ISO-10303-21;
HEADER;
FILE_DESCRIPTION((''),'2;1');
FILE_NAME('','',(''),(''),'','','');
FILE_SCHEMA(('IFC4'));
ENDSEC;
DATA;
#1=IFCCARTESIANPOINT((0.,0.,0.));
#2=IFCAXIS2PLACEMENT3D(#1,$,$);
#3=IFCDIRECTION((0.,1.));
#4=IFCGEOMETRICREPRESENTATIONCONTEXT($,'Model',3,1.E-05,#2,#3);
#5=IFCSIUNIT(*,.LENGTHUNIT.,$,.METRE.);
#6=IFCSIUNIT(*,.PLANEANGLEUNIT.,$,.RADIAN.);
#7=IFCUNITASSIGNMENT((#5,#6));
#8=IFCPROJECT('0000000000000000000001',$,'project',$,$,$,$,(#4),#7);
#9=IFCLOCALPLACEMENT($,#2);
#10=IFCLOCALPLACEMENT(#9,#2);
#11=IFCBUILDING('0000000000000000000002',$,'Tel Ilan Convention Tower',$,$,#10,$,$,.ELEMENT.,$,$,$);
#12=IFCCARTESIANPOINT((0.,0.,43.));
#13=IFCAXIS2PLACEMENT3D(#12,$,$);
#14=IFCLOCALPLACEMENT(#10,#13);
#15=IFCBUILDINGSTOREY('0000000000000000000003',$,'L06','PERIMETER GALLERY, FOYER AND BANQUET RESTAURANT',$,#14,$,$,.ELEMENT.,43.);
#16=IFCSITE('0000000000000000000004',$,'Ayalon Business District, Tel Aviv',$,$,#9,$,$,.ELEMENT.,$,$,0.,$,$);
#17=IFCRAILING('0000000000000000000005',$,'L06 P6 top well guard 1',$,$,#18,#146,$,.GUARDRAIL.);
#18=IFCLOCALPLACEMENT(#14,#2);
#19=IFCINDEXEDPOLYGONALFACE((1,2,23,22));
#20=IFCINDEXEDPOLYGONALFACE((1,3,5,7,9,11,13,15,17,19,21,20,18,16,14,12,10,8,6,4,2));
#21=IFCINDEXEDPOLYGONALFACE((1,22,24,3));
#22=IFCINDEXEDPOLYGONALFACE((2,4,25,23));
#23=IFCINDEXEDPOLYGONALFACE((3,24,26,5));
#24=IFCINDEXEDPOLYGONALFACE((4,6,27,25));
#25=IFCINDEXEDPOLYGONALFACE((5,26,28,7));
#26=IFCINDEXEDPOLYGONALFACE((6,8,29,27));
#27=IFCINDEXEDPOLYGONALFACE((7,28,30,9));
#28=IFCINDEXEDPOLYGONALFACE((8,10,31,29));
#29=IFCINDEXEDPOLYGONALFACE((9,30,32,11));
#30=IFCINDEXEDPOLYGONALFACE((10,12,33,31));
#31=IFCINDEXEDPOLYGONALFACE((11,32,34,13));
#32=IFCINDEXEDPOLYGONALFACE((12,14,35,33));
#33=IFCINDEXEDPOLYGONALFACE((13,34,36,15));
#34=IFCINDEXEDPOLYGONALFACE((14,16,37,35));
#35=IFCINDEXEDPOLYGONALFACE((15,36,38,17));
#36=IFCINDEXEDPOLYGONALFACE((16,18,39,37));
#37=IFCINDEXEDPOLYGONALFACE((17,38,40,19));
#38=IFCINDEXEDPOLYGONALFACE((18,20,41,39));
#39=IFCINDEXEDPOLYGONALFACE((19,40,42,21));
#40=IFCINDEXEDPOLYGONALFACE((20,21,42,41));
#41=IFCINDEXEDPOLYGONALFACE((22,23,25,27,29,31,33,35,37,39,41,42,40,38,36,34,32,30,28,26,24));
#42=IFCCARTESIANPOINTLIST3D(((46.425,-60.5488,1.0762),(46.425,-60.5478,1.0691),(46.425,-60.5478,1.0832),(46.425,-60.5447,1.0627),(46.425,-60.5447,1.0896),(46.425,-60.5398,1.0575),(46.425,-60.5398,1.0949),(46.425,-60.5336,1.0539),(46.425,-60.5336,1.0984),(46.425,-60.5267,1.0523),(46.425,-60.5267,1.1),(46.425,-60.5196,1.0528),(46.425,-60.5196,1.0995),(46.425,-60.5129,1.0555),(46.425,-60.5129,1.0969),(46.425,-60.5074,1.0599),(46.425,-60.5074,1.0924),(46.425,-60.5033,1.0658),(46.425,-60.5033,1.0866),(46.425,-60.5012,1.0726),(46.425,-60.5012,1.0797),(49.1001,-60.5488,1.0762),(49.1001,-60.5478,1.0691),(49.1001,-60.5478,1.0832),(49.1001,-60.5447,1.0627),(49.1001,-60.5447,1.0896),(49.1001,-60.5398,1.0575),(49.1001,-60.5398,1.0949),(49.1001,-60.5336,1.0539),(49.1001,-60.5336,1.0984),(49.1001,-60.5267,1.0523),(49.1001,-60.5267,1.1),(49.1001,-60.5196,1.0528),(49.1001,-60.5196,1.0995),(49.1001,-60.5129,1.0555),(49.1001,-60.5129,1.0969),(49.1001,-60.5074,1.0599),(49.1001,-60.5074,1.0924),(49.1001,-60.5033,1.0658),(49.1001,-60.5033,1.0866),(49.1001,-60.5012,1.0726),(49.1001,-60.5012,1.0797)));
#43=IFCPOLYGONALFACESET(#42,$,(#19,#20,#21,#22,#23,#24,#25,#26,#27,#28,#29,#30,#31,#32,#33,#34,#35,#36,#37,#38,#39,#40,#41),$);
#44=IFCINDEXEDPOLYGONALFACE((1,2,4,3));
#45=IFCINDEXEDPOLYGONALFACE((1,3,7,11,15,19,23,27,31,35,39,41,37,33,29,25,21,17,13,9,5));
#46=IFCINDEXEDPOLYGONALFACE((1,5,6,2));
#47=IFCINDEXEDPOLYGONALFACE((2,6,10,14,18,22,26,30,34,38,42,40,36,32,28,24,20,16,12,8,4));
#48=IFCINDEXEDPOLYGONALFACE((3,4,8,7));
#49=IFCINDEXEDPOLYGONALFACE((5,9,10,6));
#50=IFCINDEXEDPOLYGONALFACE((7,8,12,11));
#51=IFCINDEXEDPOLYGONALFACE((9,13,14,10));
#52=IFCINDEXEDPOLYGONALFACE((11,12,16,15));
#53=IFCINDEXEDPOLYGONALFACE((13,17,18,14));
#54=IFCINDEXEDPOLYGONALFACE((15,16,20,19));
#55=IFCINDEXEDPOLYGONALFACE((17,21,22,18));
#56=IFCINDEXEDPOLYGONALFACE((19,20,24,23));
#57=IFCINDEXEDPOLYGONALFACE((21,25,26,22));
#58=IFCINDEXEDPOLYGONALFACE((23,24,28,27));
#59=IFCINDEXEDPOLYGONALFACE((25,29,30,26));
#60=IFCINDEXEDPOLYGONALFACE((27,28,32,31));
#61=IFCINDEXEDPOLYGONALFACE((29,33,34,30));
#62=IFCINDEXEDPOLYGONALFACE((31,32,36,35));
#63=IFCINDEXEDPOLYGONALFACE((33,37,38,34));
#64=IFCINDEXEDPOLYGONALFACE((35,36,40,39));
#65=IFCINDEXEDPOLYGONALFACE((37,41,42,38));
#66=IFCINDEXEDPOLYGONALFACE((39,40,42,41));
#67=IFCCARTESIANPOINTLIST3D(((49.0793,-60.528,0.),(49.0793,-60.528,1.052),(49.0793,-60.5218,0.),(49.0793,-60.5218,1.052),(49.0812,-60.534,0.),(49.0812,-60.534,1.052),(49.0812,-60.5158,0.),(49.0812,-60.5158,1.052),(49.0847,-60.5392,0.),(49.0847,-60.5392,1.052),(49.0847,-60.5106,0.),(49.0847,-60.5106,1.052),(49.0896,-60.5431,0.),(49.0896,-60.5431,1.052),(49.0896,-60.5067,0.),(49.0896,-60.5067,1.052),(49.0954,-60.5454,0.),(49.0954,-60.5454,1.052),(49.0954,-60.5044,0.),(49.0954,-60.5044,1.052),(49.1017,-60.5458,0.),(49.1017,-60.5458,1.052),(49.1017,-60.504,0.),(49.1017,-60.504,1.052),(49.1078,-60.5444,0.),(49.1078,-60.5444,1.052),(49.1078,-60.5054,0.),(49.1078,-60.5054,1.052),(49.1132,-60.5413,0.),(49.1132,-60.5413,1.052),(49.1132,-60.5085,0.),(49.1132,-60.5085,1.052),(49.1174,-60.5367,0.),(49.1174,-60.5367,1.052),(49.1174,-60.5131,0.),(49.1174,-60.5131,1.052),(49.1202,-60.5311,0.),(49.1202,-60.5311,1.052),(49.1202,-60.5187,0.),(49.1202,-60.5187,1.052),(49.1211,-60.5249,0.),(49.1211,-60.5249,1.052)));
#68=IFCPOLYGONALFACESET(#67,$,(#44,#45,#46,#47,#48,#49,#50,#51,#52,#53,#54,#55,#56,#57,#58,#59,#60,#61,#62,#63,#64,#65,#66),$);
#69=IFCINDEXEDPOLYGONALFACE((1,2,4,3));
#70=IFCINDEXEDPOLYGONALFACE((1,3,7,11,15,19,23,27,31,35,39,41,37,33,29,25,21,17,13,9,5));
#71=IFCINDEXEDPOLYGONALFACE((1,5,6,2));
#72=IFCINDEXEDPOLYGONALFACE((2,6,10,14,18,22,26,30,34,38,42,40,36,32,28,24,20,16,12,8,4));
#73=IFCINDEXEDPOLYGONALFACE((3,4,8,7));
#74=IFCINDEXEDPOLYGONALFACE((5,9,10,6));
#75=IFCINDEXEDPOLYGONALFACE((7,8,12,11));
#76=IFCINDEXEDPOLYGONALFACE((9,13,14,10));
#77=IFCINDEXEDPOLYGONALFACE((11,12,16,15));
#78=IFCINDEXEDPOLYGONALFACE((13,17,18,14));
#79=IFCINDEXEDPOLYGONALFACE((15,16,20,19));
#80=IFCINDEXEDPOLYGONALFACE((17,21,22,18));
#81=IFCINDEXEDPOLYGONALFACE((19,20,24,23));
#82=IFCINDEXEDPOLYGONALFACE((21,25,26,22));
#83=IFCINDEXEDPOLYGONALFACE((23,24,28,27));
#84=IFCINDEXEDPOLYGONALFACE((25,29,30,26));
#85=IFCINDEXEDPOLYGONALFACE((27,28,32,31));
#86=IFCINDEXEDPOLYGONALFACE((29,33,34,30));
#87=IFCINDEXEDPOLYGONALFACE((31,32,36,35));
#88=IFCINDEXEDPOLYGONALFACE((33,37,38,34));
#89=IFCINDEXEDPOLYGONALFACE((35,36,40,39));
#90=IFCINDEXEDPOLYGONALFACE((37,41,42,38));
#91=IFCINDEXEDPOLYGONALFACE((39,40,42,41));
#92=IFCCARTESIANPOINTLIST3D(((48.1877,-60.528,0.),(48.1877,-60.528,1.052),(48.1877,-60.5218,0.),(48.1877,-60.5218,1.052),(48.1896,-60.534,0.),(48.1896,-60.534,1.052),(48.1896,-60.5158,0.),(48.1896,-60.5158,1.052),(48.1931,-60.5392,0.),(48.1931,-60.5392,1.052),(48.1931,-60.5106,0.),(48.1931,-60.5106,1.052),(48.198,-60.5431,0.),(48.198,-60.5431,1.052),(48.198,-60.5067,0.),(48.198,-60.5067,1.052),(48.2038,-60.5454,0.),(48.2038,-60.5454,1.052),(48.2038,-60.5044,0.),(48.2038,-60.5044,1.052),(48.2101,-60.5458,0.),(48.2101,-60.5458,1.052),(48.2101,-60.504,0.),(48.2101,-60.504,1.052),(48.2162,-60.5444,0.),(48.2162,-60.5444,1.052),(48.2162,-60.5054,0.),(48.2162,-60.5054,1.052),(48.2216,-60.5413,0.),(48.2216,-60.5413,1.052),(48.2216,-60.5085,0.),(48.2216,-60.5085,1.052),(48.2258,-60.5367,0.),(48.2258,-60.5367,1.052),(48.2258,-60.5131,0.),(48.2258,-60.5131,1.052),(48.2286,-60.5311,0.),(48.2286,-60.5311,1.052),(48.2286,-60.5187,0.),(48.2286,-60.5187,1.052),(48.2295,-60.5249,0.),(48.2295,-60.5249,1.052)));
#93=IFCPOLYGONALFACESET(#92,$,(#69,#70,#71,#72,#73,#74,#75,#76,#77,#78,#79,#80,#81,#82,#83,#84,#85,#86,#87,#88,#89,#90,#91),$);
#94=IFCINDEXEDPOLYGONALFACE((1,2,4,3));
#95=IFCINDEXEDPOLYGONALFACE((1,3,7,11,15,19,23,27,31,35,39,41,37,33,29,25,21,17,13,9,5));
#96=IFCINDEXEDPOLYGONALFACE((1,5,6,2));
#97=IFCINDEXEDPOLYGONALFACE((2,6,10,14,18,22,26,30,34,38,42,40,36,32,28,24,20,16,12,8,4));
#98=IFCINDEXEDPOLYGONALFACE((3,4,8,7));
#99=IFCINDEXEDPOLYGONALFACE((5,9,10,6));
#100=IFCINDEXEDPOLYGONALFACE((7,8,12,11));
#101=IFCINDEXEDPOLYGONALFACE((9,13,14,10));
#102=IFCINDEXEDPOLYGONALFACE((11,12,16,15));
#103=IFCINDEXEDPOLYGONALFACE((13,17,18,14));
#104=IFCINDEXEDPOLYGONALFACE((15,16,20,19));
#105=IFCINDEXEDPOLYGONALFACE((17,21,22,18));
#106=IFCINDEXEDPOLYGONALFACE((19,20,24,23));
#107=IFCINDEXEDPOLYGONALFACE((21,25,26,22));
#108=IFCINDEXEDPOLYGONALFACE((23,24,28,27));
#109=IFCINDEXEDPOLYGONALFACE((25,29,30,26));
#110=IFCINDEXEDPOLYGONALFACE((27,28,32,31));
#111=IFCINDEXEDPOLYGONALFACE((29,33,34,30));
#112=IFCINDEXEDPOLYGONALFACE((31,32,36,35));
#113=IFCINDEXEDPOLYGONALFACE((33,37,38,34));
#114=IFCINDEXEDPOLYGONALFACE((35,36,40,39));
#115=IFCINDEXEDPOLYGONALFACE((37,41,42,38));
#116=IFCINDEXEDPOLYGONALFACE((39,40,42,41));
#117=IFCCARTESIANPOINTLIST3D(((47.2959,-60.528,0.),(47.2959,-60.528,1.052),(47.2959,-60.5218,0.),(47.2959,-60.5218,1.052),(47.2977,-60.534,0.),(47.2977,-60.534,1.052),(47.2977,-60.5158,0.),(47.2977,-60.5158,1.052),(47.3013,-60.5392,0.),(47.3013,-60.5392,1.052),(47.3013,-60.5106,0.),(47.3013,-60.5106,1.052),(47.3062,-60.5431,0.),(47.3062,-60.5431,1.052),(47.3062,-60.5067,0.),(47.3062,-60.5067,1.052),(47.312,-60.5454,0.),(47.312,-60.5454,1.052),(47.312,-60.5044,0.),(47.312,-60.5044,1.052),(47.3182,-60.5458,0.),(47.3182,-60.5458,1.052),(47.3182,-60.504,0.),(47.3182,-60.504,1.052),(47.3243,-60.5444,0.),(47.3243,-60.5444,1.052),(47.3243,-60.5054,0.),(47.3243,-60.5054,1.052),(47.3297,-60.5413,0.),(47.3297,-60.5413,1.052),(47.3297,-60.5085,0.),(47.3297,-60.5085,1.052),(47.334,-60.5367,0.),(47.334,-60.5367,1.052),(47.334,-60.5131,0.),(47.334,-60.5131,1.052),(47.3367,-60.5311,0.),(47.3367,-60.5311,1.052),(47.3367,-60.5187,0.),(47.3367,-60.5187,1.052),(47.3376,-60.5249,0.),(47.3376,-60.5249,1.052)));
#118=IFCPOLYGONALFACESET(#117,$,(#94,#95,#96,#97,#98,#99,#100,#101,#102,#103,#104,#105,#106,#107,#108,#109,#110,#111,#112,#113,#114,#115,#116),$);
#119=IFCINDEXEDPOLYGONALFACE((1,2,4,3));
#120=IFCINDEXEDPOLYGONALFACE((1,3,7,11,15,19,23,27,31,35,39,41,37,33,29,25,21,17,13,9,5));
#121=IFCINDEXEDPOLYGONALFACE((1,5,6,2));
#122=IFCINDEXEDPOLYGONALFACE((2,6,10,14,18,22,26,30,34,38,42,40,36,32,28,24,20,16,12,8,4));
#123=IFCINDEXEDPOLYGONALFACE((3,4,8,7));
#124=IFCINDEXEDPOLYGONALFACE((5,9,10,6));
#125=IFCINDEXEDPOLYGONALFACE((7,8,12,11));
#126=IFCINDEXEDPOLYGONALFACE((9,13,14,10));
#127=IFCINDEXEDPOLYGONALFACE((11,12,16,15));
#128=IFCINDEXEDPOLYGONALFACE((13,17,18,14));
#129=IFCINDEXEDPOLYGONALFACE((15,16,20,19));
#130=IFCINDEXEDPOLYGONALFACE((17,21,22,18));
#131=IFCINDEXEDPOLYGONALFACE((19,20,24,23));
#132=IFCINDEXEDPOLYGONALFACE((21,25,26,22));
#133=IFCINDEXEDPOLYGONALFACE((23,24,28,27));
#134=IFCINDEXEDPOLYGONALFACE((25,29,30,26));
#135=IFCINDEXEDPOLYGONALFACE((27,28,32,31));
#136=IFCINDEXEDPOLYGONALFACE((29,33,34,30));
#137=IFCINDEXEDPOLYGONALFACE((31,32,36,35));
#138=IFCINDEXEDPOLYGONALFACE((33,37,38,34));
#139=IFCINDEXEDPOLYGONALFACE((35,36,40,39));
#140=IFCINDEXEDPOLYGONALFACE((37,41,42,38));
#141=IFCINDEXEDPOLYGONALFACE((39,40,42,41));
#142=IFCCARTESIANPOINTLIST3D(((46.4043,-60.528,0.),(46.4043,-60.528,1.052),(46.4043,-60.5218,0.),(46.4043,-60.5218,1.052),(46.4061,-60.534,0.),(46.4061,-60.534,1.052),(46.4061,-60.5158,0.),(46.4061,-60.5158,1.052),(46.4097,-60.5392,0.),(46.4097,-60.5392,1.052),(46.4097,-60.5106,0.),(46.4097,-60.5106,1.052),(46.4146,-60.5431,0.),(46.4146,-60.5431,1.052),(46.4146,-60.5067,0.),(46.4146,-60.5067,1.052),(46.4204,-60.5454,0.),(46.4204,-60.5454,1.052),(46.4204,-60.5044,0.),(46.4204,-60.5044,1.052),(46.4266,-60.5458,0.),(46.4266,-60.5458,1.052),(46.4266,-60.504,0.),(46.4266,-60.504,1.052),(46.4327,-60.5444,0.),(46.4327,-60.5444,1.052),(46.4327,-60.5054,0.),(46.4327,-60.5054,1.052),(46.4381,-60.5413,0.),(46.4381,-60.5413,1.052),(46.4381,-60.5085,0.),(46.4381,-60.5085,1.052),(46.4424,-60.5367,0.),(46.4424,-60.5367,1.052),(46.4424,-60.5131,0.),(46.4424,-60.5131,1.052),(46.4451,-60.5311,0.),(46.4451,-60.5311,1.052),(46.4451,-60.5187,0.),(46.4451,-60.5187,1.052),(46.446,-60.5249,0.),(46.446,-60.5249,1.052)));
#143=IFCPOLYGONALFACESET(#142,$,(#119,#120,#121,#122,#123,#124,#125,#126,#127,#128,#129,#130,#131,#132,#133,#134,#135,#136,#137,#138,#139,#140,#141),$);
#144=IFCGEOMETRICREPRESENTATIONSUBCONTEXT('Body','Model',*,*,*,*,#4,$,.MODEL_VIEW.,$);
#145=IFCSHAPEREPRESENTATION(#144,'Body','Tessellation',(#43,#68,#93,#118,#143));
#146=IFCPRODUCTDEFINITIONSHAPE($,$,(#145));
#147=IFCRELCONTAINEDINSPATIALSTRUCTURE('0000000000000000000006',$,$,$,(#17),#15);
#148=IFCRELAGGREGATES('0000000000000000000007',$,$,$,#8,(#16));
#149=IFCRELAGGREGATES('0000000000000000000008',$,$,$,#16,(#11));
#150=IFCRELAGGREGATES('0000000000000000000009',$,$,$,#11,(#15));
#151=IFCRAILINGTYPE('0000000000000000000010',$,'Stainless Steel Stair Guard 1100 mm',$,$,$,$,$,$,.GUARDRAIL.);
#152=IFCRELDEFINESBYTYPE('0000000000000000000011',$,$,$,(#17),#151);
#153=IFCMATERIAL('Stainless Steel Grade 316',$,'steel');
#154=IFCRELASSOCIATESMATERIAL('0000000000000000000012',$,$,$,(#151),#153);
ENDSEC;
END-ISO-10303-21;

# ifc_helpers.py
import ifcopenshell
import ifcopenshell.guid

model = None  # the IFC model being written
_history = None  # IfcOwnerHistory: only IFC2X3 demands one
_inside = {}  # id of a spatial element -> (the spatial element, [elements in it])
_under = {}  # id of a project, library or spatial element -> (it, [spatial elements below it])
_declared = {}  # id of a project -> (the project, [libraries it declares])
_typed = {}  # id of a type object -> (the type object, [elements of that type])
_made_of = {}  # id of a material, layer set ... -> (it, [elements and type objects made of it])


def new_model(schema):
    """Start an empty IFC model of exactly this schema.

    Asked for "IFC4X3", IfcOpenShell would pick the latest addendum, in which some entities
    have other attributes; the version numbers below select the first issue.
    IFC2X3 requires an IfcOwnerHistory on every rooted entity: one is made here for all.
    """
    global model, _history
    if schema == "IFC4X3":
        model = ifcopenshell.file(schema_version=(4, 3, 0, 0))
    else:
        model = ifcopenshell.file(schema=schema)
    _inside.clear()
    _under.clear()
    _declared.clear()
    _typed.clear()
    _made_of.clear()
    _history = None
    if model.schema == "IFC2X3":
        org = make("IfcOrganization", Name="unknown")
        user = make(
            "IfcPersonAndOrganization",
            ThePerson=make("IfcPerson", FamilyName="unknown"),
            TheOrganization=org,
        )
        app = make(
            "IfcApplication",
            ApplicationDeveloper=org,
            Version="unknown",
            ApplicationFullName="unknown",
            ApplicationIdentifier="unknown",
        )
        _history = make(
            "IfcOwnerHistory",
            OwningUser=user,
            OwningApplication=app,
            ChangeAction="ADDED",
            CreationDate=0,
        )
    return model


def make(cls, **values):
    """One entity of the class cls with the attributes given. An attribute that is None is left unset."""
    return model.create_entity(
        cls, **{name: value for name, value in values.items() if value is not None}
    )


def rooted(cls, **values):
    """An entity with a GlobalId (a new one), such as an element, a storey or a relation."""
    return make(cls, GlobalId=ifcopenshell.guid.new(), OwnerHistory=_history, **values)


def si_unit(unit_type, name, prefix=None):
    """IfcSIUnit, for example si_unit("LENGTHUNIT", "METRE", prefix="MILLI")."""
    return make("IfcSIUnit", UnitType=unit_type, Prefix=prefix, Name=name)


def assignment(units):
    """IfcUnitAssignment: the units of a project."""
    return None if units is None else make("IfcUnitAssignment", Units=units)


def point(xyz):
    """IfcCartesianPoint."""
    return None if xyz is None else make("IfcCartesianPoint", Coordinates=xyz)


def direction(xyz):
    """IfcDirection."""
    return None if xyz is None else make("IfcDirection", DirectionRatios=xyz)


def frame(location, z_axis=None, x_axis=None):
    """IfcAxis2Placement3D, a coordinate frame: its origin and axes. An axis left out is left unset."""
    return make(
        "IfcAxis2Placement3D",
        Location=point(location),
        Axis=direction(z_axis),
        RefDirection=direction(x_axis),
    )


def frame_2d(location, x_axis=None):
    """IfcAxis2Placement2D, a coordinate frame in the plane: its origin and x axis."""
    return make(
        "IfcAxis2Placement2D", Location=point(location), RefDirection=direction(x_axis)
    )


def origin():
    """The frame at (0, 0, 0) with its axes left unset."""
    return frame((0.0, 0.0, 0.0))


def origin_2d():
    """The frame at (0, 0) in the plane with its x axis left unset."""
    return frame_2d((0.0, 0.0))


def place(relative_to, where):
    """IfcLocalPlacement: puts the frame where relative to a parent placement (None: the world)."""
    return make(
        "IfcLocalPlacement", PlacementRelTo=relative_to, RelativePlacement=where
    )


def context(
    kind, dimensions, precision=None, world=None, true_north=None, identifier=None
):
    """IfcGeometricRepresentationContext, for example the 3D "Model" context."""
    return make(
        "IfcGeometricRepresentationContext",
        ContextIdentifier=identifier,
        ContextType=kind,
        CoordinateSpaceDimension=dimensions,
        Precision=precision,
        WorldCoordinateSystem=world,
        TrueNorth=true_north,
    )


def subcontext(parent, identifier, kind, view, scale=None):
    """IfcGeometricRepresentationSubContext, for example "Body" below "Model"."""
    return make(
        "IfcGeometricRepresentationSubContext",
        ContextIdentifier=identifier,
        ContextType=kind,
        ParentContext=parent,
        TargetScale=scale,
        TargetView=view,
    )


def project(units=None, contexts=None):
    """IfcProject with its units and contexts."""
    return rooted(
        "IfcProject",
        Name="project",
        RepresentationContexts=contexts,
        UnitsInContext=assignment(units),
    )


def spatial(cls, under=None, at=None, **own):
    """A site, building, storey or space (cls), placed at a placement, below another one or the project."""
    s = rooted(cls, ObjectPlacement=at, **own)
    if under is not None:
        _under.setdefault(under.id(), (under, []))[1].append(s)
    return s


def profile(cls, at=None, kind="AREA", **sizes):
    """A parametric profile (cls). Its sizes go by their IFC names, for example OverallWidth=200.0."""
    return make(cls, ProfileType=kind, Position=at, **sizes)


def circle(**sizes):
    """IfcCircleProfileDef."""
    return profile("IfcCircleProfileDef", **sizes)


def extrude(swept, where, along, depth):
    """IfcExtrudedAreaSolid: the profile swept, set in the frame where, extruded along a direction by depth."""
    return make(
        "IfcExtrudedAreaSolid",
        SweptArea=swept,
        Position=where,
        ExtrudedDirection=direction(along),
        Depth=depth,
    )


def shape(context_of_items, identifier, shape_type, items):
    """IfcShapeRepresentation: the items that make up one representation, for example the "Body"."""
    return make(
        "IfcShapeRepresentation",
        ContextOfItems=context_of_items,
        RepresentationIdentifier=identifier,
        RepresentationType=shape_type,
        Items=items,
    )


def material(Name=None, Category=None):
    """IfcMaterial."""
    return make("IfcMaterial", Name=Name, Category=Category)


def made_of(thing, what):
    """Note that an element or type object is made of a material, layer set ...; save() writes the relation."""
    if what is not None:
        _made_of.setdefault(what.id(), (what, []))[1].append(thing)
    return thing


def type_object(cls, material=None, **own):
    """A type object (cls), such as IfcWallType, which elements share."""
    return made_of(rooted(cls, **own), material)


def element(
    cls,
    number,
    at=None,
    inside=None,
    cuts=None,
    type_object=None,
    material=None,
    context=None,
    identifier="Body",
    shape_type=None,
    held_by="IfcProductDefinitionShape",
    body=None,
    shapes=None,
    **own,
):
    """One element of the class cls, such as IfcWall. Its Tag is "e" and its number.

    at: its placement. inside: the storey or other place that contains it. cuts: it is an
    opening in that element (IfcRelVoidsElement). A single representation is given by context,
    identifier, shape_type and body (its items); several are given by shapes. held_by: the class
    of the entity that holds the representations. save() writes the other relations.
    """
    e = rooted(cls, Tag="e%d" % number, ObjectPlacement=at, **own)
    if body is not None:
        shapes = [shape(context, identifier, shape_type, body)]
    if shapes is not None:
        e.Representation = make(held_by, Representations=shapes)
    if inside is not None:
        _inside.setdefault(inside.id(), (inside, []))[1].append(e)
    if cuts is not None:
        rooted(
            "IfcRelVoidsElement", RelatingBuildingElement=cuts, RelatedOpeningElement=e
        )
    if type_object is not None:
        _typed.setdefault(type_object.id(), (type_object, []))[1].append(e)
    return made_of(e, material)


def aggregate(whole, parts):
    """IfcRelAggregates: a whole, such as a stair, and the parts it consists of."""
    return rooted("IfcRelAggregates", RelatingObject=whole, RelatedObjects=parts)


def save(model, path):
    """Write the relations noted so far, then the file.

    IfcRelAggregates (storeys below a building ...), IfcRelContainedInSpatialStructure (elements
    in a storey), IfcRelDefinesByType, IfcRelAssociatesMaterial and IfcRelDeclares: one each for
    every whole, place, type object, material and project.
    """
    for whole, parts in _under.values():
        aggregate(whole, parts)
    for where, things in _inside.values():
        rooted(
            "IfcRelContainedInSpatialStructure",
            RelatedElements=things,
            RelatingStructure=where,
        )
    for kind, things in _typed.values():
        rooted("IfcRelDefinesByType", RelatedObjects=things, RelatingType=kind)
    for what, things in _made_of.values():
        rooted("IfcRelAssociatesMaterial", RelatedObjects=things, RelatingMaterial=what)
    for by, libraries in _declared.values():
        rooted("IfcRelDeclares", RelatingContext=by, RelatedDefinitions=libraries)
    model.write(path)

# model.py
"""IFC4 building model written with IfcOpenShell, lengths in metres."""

from ifc_helpers import new_model, si_unit, direction, frame, origin, origin_2d, place, context, subcontext, project, spatial, circle, extrude, material, type_object, element, save


model = new_model("IFC4")

# Units and contexts
model_context = context("Model", 3, precision=1e-05, world=origin(), true_north=direction((0.0, 1.0)))
body_context = subcontext(model_context, "Body", "Model", "MODEL_VIEW")
ifc_project = project(units=[si_unit("LENGTHUNIT", "METRE"), si_unit("PLANEANGLEUNIT", "RADIAN")], contexts=[model_context])

# Site, building, storey
site_placement = place(None, origin())
site = spatial("IfcSite", under=ifc_project, at=site_placement, Name="Ayalon Business District, Tel Aviv", CompositionType="ELEMENT", RefElevation=0.0)
building_placement = place(site_placement, origin())
building = spatial("IfcBuilding", under=site, at=building_placement, Name="Tel Ilan Convention Tower", CompositionType="ELEMENT")
storey_placement = place(building_placement, frame((0.0, 0.0, 43.0)))
storey = spatial("IfcBuildingStorey", under=building, at=storey_placement, Name="L06", Description="PERIMETER GALLERY, FOYER AND BANQUET RESTAURANT", CompositionType="ELEMENT", Elevation=43.0)

# Railing
ifc_material_1 = material(Name="Stainless Steel Grade 316", Category="steel")
railing_type = type_object("IfcRailingType", Name="Stainless Steel Stair Guard 1100 mm", PredefinedType="GUARDRAIL", material=ifc_material_1)
railing_placement = place(storey_placement, frame((49.1001, -60.5249, 0.0)))
element("IfcRailing", 1, at=railing_placement, inside=storey, type_object=railing_type, Name="L06 P6 top well guard 1", PredefinedType="GUARDRAIL", context=body_context, shape_type="SweptSolid", body=[
    extrude(circle(Radius=0.0239, at=origin_2d()), frame((0.0, 0.0, 1.0762), z_axis=(-1.0, 0.0, 0.0), x_axis=(0.0, -1.0, 0.0)), (0.0, 0.0, 1.0), 2.675),
    extrude(circle(Radius=0.021, at=origin_2d()), origin(), (0.0, 0.0, 1.0), 1.052),
    extrude(circle(Radius=0.021, at=origin_2d()), frame((-0.8916, 0.0, 0.0)), (0.0, 0.0, 1.0), 1.052),
    extrude(circle(Radius=0.021, at=origin_2d()), frame((-1.7834, 0.0, 0.0)), (0.0, 0.0, 1.0), 1.052),
    extrude(circle(Radius=0.021, at=origin_2d()), frame((-2.675, 0.0, 0.0)), (0.0, 0.0, 1.0), 1.052),
])

save(model, "model.ifc")
